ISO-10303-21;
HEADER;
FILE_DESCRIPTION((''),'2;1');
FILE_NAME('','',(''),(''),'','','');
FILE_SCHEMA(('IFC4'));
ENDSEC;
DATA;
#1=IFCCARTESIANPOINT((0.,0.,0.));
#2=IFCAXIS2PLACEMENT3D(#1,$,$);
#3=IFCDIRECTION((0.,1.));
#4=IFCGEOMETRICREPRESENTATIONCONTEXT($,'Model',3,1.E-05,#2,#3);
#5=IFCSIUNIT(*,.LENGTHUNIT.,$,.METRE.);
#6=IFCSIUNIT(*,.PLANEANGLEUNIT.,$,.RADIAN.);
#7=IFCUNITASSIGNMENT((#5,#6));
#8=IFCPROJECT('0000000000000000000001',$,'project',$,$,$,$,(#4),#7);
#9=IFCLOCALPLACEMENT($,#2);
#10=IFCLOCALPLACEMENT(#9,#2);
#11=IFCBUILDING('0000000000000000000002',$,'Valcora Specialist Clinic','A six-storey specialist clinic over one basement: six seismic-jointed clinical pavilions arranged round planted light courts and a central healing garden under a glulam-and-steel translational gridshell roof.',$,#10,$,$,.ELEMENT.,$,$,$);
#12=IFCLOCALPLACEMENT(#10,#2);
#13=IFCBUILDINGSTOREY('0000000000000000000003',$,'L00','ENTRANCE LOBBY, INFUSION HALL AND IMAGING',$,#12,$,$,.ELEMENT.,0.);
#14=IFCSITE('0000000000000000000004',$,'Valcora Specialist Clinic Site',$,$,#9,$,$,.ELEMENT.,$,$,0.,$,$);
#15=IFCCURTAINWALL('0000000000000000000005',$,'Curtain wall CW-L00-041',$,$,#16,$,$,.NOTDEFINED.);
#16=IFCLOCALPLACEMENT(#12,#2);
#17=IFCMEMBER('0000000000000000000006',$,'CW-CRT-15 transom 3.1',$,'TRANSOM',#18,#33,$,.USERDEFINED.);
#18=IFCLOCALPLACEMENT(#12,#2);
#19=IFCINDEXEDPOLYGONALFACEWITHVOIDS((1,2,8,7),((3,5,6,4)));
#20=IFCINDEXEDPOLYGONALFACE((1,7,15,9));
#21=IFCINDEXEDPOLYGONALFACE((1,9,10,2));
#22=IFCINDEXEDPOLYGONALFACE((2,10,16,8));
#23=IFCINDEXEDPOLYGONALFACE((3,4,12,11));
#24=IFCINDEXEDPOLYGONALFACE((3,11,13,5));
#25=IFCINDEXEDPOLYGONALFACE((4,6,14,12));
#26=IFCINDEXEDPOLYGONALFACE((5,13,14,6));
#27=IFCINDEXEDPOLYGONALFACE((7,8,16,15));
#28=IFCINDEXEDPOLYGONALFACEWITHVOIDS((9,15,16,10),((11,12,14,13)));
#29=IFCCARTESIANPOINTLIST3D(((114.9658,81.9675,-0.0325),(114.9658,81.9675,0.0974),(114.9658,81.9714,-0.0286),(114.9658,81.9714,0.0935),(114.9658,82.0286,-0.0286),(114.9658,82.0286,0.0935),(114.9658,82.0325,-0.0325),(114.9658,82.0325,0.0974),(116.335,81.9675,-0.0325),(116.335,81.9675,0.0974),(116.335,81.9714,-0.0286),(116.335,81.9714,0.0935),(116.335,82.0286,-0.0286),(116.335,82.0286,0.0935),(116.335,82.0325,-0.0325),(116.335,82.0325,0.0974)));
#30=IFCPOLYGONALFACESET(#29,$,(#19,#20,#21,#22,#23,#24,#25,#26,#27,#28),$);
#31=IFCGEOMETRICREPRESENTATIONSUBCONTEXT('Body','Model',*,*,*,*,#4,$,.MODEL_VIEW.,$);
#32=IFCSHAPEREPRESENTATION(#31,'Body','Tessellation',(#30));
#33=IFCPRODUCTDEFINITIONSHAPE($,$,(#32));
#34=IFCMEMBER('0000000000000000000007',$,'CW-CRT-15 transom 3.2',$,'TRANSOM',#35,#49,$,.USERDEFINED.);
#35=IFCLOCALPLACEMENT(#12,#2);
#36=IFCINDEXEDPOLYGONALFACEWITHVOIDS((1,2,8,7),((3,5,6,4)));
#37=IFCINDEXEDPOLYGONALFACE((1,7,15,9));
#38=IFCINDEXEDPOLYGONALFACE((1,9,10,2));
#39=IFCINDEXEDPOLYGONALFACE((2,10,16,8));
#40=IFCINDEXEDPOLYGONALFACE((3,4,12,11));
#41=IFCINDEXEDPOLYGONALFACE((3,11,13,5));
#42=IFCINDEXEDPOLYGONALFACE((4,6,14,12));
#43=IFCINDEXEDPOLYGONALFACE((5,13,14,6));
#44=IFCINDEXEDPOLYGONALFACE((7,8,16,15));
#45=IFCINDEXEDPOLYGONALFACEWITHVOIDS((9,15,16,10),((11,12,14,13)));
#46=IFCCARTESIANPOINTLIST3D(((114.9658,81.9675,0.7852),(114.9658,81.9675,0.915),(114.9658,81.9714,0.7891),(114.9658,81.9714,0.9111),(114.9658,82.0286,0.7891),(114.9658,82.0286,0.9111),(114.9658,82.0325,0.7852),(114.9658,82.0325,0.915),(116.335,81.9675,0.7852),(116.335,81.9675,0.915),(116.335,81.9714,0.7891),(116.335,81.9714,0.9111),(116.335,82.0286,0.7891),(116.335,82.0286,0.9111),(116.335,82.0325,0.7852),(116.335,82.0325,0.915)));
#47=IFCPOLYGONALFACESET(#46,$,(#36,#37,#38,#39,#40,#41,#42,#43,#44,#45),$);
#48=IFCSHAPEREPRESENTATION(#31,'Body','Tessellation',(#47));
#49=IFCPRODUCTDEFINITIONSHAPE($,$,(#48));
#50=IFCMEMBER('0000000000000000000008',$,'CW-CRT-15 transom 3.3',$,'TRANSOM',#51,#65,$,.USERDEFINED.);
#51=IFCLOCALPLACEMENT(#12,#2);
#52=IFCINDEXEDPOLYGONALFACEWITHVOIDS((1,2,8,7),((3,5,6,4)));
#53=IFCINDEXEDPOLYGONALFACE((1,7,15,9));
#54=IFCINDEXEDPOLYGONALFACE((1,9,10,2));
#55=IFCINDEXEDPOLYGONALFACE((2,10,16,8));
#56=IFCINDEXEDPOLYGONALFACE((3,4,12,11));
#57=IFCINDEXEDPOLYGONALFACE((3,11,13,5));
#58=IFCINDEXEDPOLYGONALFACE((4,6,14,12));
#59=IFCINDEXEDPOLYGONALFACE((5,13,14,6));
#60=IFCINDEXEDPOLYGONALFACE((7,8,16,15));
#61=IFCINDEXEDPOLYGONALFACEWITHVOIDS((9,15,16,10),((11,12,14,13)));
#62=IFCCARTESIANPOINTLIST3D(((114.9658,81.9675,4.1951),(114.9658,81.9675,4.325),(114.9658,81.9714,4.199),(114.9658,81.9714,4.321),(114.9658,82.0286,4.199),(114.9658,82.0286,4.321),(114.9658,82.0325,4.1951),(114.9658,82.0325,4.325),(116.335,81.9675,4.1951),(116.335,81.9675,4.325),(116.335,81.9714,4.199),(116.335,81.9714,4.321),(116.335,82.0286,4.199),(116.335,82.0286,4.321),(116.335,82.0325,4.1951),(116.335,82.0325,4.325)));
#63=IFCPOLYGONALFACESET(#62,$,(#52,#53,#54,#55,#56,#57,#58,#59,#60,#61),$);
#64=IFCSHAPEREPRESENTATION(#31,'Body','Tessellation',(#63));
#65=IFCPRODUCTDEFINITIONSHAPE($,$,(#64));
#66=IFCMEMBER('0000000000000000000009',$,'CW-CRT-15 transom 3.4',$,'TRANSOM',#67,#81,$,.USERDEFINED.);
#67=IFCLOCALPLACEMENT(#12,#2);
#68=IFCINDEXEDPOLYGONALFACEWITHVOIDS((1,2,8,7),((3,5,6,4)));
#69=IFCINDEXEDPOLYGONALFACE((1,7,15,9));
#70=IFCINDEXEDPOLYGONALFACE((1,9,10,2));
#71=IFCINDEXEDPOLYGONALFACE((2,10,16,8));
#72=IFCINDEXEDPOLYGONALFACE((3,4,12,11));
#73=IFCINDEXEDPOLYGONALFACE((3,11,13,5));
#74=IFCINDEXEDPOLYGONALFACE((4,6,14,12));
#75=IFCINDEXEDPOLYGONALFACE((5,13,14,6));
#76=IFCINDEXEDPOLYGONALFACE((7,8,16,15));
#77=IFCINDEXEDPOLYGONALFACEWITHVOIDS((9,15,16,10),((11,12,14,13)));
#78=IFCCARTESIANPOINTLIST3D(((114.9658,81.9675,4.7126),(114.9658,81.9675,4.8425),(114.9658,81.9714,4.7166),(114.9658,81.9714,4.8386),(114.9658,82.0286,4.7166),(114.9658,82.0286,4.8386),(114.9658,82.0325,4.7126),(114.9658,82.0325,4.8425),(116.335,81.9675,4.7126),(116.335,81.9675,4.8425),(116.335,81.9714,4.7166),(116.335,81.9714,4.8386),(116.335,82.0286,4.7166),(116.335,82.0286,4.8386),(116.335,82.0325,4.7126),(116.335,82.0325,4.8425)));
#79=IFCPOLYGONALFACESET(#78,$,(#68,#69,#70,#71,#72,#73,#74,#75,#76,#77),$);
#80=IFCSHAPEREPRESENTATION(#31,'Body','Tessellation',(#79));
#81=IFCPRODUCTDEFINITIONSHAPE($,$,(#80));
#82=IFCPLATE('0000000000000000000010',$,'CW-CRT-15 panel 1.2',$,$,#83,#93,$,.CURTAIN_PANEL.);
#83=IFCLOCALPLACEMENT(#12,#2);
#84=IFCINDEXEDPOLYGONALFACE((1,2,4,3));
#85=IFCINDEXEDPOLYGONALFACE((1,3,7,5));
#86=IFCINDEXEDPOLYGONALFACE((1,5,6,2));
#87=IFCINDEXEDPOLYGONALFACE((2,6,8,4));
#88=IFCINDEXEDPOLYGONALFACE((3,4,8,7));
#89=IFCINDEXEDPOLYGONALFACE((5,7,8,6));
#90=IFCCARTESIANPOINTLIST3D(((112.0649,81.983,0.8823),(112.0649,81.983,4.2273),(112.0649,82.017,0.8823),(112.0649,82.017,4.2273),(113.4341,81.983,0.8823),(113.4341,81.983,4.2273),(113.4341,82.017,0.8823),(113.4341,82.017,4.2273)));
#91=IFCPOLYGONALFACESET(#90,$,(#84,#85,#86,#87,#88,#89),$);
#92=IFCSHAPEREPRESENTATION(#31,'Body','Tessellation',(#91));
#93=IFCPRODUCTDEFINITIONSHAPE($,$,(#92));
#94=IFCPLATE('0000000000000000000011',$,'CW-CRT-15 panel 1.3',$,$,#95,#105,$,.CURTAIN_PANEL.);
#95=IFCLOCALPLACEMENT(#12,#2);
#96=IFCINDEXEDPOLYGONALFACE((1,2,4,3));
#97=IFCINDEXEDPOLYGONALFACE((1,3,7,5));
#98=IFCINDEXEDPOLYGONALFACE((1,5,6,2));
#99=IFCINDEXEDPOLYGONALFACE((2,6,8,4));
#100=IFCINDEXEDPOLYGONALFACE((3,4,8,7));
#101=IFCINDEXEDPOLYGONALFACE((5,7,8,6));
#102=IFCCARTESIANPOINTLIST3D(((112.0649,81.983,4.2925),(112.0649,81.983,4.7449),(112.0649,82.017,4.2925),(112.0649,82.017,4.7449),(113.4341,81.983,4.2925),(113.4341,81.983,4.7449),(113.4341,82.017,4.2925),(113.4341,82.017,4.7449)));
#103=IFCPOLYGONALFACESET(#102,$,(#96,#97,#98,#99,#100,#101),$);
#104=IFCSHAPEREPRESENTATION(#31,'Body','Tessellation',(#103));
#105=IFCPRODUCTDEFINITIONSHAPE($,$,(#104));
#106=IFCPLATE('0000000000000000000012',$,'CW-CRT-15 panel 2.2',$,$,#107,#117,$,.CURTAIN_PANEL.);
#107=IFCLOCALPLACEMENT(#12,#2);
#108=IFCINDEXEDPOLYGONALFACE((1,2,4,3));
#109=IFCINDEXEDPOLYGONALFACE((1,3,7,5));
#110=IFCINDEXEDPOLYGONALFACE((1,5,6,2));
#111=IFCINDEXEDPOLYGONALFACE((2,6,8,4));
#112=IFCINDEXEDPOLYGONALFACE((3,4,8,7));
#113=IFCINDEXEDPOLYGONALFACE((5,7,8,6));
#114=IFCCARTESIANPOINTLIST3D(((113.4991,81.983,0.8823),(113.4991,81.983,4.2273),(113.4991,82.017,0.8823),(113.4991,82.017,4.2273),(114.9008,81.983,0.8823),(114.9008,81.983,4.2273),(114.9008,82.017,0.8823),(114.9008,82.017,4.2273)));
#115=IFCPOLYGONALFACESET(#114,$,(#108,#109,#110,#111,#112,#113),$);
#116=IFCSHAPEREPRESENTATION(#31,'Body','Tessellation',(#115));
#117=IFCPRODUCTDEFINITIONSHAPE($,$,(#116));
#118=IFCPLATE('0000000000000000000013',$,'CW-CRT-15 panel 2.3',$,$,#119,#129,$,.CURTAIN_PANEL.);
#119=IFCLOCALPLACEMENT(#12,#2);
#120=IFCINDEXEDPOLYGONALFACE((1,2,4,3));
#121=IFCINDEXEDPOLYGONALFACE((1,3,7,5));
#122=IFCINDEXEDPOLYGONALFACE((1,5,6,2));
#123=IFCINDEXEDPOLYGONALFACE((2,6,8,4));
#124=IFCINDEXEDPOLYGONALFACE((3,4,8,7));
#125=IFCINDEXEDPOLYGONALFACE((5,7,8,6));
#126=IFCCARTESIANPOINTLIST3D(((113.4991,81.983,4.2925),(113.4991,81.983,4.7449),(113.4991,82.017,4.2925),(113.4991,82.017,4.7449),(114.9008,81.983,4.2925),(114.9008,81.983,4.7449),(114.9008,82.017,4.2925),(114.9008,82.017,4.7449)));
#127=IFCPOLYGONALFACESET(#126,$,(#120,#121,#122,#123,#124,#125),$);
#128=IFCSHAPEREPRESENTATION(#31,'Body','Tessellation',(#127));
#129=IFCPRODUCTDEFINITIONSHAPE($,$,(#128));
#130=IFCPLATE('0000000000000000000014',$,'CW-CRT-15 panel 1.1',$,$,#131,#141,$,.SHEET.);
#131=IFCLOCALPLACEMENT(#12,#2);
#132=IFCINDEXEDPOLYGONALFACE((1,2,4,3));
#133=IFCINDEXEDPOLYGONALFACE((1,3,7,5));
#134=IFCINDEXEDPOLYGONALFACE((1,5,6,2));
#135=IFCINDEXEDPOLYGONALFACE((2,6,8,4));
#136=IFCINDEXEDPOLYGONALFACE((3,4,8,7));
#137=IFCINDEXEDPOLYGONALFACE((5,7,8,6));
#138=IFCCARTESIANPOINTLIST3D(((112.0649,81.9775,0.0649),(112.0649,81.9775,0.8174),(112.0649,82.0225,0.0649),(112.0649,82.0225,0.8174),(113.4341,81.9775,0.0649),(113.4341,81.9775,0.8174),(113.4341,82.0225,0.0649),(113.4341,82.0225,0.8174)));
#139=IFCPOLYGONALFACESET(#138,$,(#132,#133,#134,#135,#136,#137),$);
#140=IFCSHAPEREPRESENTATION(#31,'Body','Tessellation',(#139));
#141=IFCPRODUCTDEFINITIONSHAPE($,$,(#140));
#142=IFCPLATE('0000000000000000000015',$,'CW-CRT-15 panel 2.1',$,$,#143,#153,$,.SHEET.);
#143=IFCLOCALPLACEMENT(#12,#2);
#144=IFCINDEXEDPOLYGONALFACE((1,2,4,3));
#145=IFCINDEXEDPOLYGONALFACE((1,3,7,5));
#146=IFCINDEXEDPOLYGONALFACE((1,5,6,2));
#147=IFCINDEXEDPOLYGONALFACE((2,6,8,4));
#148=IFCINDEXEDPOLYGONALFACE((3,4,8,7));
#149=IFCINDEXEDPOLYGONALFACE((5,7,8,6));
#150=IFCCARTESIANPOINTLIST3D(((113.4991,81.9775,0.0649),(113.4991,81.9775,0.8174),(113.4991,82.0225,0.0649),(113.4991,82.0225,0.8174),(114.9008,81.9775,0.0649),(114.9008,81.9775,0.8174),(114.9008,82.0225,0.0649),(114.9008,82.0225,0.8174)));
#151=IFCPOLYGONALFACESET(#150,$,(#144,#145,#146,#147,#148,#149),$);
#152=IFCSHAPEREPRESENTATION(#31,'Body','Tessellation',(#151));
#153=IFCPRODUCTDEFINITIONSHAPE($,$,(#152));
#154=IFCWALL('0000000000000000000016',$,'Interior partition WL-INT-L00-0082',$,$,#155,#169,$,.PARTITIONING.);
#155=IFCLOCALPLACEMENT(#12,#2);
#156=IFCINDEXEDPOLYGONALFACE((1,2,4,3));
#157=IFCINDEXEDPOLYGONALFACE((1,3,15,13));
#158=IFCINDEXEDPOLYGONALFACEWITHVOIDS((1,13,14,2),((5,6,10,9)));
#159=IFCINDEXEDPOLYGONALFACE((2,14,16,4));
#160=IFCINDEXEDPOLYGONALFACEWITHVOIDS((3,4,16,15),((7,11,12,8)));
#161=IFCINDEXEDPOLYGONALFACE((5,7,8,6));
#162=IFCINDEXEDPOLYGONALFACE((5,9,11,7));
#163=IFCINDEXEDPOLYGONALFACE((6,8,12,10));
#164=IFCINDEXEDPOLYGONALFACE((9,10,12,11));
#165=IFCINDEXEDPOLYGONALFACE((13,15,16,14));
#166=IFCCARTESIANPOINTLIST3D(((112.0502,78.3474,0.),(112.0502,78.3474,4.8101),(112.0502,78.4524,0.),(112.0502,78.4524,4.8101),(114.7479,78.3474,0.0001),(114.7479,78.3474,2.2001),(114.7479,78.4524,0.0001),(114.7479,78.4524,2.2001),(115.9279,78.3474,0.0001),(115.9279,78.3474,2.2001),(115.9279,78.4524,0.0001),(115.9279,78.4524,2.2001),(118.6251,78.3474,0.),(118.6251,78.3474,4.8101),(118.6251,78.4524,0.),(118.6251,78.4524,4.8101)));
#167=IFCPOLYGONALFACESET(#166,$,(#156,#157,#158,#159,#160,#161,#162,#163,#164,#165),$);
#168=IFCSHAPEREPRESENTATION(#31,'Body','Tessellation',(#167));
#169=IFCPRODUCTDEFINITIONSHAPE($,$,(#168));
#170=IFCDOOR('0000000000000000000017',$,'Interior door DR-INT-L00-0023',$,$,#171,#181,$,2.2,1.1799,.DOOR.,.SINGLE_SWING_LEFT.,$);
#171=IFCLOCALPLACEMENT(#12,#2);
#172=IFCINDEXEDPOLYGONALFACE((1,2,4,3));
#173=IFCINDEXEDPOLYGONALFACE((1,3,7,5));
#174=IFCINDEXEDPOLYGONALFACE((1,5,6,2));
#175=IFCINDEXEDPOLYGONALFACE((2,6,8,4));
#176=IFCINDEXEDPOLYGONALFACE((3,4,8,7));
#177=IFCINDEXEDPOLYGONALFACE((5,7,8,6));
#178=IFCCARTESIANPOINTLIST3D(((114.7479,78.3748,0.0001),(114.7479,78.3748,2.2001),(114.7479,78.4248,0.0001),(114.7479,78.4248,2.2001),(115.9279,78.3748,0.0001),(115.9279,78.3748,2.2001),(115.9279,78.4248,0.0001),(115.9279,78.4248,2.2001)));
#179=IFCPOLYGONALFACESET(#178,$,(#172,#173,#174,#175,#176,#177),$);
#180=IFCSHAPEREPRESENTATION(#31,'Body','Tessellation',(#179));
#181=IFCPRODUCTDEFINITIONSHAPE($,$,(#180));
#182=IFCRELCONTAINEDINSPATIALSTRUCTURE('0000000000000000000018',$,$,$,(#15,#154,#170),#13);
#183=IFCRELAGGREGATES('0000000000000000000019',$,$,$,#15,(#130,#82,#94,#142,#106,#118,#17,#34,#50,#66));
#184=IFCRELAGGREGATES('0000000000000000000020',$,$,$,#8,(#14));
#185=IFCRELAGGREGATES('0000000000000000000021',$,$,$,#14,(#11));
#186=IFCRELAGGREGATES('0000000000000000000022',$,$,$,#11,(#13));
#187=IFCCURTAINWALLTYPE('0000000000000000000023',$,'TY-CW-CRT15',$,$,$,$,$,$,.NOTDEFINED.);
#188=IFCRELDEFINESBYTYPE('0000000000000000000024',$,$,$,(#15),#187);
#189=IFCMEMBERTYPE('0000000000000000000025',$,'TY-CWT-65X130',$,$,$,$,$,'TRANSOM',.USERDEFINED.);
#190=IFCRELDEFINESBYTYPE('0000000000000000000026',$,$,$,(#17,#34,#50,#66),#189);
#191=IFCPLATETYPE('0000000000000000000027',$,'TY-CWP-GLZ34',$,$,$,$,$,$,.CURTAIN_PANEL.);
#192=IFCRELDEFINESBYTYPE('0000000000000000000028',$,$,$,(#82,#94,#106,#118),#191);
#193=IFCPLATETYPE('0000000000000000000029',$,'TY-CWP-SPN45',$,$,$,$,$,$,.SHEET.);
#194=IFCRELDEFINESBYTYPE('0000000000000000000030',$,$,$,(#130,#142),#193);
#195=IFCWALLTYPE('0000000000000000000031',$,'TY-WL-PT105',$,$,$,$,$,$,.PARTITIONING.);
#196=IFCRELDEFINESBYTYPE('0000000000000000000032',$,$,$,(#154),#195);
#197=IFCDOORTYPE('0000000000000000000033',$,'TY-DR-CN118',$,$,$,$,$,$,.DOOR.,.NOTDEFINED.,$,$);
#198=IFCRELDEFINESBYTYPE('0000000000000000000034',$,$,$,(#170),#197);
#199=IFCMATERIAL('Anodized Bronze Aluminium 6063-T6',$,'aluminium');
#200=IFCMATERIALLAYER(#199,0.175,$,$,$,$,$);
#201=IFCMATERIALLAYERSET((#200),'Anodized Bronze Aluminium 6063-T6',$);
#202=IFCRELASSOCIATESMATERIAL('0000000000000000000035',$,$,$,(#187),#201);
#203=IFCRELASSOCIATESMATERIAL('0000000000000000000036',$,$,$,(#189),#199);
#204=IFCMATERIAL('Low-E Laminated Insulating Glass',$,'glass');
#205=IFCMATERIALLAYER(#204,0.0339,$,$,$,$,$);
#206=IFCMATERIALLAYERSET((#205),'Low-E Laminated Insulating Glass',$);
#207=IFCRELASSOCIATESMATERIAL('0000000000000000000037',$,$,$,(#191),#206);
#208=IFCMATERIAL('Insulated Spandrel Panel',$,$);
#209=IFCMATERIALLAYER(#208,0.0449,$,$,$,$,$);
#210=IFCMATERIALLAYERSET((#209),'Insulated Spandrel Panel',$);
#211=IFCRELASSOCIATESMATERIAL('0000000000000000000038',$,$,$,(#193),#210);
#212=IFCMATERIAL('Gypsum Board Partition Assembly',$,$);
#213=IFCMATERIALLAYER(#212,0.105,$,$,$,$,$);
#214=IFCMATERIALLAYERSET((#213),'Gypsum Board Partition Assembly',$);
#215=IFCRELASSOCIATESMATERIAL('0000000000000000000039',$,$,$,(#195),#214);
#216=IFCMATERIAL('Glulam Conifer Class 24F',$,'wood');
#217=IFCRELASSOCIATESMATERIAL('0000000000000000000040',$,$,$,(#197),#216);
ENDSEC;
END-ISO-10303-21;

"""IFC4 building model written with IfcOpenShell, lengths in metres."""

from ifc_helpers import new_model, si_unit, direction, frame, frame_2d, origin, origin_2d, place, context, subcontext, project, spatial, rectangle, hollow_rectangle, extrude, material, layer, layer_set, material_profile, profile_set, type_object, element, fill, aggregate, save


model = new_model("IFC4")

# Units and contexts
model_context = context("Model", 3, precision=1e-05, world=origin(), true_north=direction((0.0, 1.0)))
body_context = subcontext(model_context, "Body", "Model", "MODEL_VIEW")
ifc_project = project(units=[si_unit("LENGTHUNIT", "METRE"), si_unit("PLANEANGLEUNIT", "RADIAN")], contexts=[model_context])

# Site, building, storey
site_placement = place(None, origin())
site = spatial("IfcSite", under=ifc_project, at=site_placement, Name="Valcora Specialist Clinic Site", CompositionType="ELEMENT", RefElevation=0.0)
building_placement = place(site_placement, origin())
building = spatial("IfcBuilding", under=site, at=building_placement, Name="Valcora Specialist Clinic", Description="A six-storey specialist clinic over one basement: six seismic-jointed clinical pavilions arranged round planted light courts and a central healing garden under a glulam-and-steel translational gridshell roof.", CompositionType="ELEMENT")
storey_placement = place(building_placement, origin())
storey = spatial("IfcBuildingStorey", under=building, at=storey_placement, Name="L00", Description="ENTRANCE LOBBY, INFUSION HALL AND IMAGING", CompositionType="ELEMENT", Elevation=0.0)

# Curtain wall, members, plates
ifc_material_1 = material(Name="Anodized Bronze Aluminium 6063-T6", Category="aluminium")
ifc_layer_1 = layer(ifc_material_1, 0.175)
ifc_layer_set_1 = layer_set([ifc_layer_1], Name="Anodized Bronze Aluminium 6063-T6")
curtain_wall_type = type_object("IfcCurtainWallType", Name="TY-CW-CRT15", PredefinedType="NOTDEFINED", material=ifc_layer_set_1)
curtain_wall_placement = place(storey_placement, origin())
curtain_wall = element("IfcCurtainWall", 1, at=curtain_wall_placement, inside=storey, type_object=curtain_wall_type, Name="Curtain wall CW-L00-041", PredefinedType="NOTDEFINED")
ifc_material_profile_1 = material_profile(ifc_material_1, hollow_rectangle(XDim=0.0649, YDim=0.1299, WallThickness=0.0039, at=origin_2d()), Name="AL-TRN-65X130")
ifc_profile_set_1 = profile_set([ifc_material_profile_1], Name="Anodized Bronze Aluminium 6063-T6")
member_type_1 = type_object("IfcMemberType", Name="TY-CWT-65X130", ElementType="TRANSOM", PredefinedType="USERDEFINED", material=ifc_profile_set_1)
member_1_placement = place(storey_placement, frame((114.9658, 82.0, 0.0325), z_axis=(1.0, 0.0, 0.0), x_axis=(0.0, 1.0, 0.0)))
member_1 = element("IfcMember", 2, at=member_1_placement, type_object=member_type_1, Name="CW-CRT-15 transom 3.1", ObjectType="TRANSOM", PredefinedType="USERDEFINED", context=body_context, shape_type="SweptSolid", body=[
    extrude(hollow_rectangle(XDim=0.0649, YDim=0.1299, WallThickness=0.0039, at=origin_2d()), origin(), (0.0, 0.0, 1.0), 1.3691),
])
member_2_placement = place(storey_placement, frame((114.9658, 82.0, 0.8501), z_axis=(1.0, 0.0, 0.0), x_axis=(0.0, 1.0, 0.0)))
member_2 = element("IfcMember", 3, at=member_2_placement, type_object=member_type_1, Name="CW-CRT-15 transom 3.2", ObjectType="TRANSOM", PredefinedType="USERDEFINED", context=body_context, shape_type="SweptSolid", body=[
    extrude(hollow_rectangle(XDim=0.0649, YDim=0.1299, WallThickness=0.0039, at=origin_2d()), origin(), (0.0, 0.0, 1.0), 1.3691),
])
member_3_placement = place(storey_placement, frame((114.9658, 82.0, 4.26), z_axis=(1.0, 0.0, 0.0), x_axis=(0.0, 1.0, 0.0)))
member_3 = element("IfcMember", 4, at=member_3_placement, type_object=member_type_1, Name="CW-CRT-15 transom 3.3", ObjectType="TRANSOM", PredefinedType="USERDEFINED", context=body_context, shape_type="SweptSolid", body=[
    extrude(hollow_rectangle(XDim=0.0649, YDim=0.1299, WallThickness=0.0039, at=origin_2d()), origin(), (0.0, 0.0, 1.0), 1.3691),
])
member_4_placement = place(storey_placement, frame((114.9658, 82.0, 4.7776), z_axis=(1.0, 0.0, 0.0), x_axis=(0.0, 1.0, 0.0)))
member_4 = element("IfcMember", 5, at=member_4_placement, type_object=member_type_1, Name="CW-CRT-15 transom 3.4", ObjectType="TRANSOM", PredefinedType="USERDEFINED", context=body_context, shape_type="SweptSolid", body=[
    extrude(hollow_rectangle(XDim=0.0649, YDim=0.1299, WallThickness=0.0039, at=origin_2d()), origin(), (0.0, 0.0, 1.0), 1.3691),
])
ifc_material_2 = material(Name="Low-E Laminated Insulating Glass", Category="glass")
ifc_layer_2 = layer(ifc_material_2, 0.0339)
ifc_layer_set_2 = layer_set([ifc_layer_2], Name="Low-E Laminated Insulating Glass")
plate_type_1 = type_object("IfcPlateType", Name="TY-CWP-GLZ34", PredefinedType="CURTAIN_PANEL", material=ifc_layer_set_2)
plate_1_placement = place(storey_placement, frame((112.7495, 82.0, 0.8823), z_axis=(0.0, 0.0, 1.0), x_axis=(1.0, 0.0, 0.0)))
plate_1 = element("IfcPlate", 6, at=plate_1_placement, type_object=plate_type_1, Name="CW-CRT-15 panel 1.2", PredefinedType="CURTAIN_PANEL", context=body_context, shape_type="SweptSolid", body=[
    extrude(rectangle(XDim=1.3691, YDim=0.0339, at=origin_2d()), origin(), (0.0, 0.0, 1.0), 3.345),
])
plate_2_placement = place(storey_placement, frame((112.7495, 82.0, 4.2925), z_axis=(0.0, 0.0, 1.0), x_axis=(1.0, 0.0, 0.0)))
plate_2 = element("IfcPlate", 7, at=plate_2_placement, type_object=plate_type_1, Name="CW-CRT-15 panel 1.3", PredefinedType="CURTAIN_PANEL", context=body_context, shape_type="SweptSolid", body=[
    extrude(rectangle(XDim=1.3691, YDim=0.0339, at=origin_2d()), origin(), (0.0, 0.0, 1.0), 0.4524),
])
plate_3_placement = place(storey_placement, frame((114.2, 82.0, 0.8823), z_axis=(0.0, 0.0, 1.0), x_axis=(1.0, 0.0, 0.0)))
plate_3 = element("IfcPlate", 8, at=plate_3_placement, type_object=plate_type_1, Name="CW-CRT-15 panel 2.2", PredefinedType="CURTAIN_PANEL", context=body_context, shape_type="SweptSolid", body=[
    extrude(rectangle(XDim=1.4016, YDim=0.0339, at=origin_2d()), origin(), (0.0, 0.0, 1.0), 3.345),
])
plate_4_placement = place(storey_placement, frame((114.2, 82.0, 4.2925), z_axis=(0.0, 0.0, 1.0), x_axis=(1.0, 0.0, 0.0)))
plate_4 = element("IfcPlate", 9, at=plate_4_placement, type_object=plate_type_1, Name="CW-CRT-15 panel 2.3", PredefinedType="CURTAIN_PANEL", context=body_context, shape_type="SweptSolid", body=[
    extrude(rectangle(XDim=1.4016, YDim=0.0339, at=origin_2d()), origin(), (0.0, 0.0, 1.0), 0.4524),
])
ifc_material_3 = material(Name="Insulated Spandrel Panel")
ifc_layer_3 = layer(ifc_material_3, 0.0449)
ifc_layer_set_3 = layer_set([ifc_layer_3], Name="Insulated Spandrel Panel")
plate_type_2 = type_object("IfcPlateType", Name="TY-CWP-SPN45", PredefinedType="SHEET", material=ifc_layer_set_3)
plate_5_placement = place(storey_placement, frame((112.7495, 82.0, 0.0649), z_axis=(0.0, 0.0, 1.0), x_axis=(1.0, 0.0, 0.0)))
plate_5 = element("IfcPlate", 10, at=plate_5_placement, type_object=plate_type_2, Name="CW-CRT-15 panel 1.1", PredefinedType="SHEET", context=body_context, shape_type="SweptSolid", body=[
    extrude(rectangle(XDim=1.3691, YDim=0.0449, at=origin_2d()), origin(), (0.0, 0.0, 1.0), 0.7524),
])
plate_6_placement = place(storey_placement, frame((114.2, 82.0, 0.0649), z_axis=(0.0, 0.0, 1.0), x_axis=(1.0, 0.0, 0.0)))
plate_6 = element("IfcPlate", 11, at=plate_6_placement, type_object=plate_type_2, Name="CW-CRT-15 panel 2.1", PredefinedType="SHEET", context=body_context, shape_type="SweptSolid", body=[
    extrude(rectangle(XDim=1.4016, YDim=0.0449, at=origin_2d()), origin(), (0.0, 0.0, 1.0), 0.7524),
])
aggregate(curtain_wall, [plate_5, plate_1, plate_2, plate_6, plate_3, plate_4, member_1, member_2, member_3, member_4])

# Wall, opening, door
ifc_material_4 = material(Name="Gypsum Board Partition Assembly")
ifc_layer_4 = layer(ifc_material_4, 0.105)
ifc_layer_set_4 = layer_set([ifc_layer_4], Name="Gypsum Board Partition Assembly")
wall_type = type_object("IfcWallType", Name="TY-WL-PT105", PredefinedType="PARTITIONING", material=ifc_layer_set_4)
wall_placement = place(storey_placement, frame((112.05, 78.3999, 0.0), z_axis=(0.0, 0.0, 1.0), x_axis=(1.0, 0.0, 0.0)))
wall = element("IfcWall", 12, at=wall_placement, inside=storey, type_object=wall_type, Name="Interior partition WL-INT-L00-0082", PredefinedType="PARTITIONING", context=body_context, shape_type="SweptSolid", body=[
    extrude(rectangle(XDim=6.575, YDim=0.105, at=frame_2d((3.2876, 0.0))), origin(), (0.0, 0.0, 1.0), 4.8101),
])
opening_placement = place(wall_placement, frame((2.698, 0.0, 0.0)))
opening = element("IfcOpeningElement", 13, at=opening_placement, cuts=wall, PredefinedType="OPENING", context=body_context, shape_type="SweptSolid", body=[
    extrude(rectangle(XDim=1.1799, YDim=2.2, at=frame_2d((0.5898, 1.1001))), frame((0.0, 0.0625, 0.0), z_axis=(0.0, -1.0, 0.0), x_axis=(1.0, 0.0, 0.0)), (0.0, 0.0, 1.0), 0.125),
])
ifc_material_5 = material(Name="Glulam Conifer Class 24F", Category="wood")
door_type = type_object("IfcDoorType", Name="TY-DR-CN118", OperationType="NOTDEFINED", PredefinedType="DOOR", material=ifc_material_5)
door_placement = place(opening_placement, origin())
door = element("IfcDoor", 14, at=door_placement, inside=storey, type_object=door_type, Name="Interior door DR-INT-L00-0023", OperationType="SINGLE_SWING_LEFT", OverallHeight=2.2, OverallWidth=1.1799, PredefinedType="DOOR", context=body_context, shape_type="SweptSolid", body=[
    extrude(rectangle(XDim=1.1799, YDim=2.2, at=frame_2d((0.5898, 1.1001))), frame((0.0, 0.0249, 0.0), z_axis=(0.0, -1.0, 0.0), x_axis=(1.0, 0.0, 0.0)), (0.0, 0.0, 1.0), 0.05),
])
fill(opening, door)

save(model, "model.ifc")
